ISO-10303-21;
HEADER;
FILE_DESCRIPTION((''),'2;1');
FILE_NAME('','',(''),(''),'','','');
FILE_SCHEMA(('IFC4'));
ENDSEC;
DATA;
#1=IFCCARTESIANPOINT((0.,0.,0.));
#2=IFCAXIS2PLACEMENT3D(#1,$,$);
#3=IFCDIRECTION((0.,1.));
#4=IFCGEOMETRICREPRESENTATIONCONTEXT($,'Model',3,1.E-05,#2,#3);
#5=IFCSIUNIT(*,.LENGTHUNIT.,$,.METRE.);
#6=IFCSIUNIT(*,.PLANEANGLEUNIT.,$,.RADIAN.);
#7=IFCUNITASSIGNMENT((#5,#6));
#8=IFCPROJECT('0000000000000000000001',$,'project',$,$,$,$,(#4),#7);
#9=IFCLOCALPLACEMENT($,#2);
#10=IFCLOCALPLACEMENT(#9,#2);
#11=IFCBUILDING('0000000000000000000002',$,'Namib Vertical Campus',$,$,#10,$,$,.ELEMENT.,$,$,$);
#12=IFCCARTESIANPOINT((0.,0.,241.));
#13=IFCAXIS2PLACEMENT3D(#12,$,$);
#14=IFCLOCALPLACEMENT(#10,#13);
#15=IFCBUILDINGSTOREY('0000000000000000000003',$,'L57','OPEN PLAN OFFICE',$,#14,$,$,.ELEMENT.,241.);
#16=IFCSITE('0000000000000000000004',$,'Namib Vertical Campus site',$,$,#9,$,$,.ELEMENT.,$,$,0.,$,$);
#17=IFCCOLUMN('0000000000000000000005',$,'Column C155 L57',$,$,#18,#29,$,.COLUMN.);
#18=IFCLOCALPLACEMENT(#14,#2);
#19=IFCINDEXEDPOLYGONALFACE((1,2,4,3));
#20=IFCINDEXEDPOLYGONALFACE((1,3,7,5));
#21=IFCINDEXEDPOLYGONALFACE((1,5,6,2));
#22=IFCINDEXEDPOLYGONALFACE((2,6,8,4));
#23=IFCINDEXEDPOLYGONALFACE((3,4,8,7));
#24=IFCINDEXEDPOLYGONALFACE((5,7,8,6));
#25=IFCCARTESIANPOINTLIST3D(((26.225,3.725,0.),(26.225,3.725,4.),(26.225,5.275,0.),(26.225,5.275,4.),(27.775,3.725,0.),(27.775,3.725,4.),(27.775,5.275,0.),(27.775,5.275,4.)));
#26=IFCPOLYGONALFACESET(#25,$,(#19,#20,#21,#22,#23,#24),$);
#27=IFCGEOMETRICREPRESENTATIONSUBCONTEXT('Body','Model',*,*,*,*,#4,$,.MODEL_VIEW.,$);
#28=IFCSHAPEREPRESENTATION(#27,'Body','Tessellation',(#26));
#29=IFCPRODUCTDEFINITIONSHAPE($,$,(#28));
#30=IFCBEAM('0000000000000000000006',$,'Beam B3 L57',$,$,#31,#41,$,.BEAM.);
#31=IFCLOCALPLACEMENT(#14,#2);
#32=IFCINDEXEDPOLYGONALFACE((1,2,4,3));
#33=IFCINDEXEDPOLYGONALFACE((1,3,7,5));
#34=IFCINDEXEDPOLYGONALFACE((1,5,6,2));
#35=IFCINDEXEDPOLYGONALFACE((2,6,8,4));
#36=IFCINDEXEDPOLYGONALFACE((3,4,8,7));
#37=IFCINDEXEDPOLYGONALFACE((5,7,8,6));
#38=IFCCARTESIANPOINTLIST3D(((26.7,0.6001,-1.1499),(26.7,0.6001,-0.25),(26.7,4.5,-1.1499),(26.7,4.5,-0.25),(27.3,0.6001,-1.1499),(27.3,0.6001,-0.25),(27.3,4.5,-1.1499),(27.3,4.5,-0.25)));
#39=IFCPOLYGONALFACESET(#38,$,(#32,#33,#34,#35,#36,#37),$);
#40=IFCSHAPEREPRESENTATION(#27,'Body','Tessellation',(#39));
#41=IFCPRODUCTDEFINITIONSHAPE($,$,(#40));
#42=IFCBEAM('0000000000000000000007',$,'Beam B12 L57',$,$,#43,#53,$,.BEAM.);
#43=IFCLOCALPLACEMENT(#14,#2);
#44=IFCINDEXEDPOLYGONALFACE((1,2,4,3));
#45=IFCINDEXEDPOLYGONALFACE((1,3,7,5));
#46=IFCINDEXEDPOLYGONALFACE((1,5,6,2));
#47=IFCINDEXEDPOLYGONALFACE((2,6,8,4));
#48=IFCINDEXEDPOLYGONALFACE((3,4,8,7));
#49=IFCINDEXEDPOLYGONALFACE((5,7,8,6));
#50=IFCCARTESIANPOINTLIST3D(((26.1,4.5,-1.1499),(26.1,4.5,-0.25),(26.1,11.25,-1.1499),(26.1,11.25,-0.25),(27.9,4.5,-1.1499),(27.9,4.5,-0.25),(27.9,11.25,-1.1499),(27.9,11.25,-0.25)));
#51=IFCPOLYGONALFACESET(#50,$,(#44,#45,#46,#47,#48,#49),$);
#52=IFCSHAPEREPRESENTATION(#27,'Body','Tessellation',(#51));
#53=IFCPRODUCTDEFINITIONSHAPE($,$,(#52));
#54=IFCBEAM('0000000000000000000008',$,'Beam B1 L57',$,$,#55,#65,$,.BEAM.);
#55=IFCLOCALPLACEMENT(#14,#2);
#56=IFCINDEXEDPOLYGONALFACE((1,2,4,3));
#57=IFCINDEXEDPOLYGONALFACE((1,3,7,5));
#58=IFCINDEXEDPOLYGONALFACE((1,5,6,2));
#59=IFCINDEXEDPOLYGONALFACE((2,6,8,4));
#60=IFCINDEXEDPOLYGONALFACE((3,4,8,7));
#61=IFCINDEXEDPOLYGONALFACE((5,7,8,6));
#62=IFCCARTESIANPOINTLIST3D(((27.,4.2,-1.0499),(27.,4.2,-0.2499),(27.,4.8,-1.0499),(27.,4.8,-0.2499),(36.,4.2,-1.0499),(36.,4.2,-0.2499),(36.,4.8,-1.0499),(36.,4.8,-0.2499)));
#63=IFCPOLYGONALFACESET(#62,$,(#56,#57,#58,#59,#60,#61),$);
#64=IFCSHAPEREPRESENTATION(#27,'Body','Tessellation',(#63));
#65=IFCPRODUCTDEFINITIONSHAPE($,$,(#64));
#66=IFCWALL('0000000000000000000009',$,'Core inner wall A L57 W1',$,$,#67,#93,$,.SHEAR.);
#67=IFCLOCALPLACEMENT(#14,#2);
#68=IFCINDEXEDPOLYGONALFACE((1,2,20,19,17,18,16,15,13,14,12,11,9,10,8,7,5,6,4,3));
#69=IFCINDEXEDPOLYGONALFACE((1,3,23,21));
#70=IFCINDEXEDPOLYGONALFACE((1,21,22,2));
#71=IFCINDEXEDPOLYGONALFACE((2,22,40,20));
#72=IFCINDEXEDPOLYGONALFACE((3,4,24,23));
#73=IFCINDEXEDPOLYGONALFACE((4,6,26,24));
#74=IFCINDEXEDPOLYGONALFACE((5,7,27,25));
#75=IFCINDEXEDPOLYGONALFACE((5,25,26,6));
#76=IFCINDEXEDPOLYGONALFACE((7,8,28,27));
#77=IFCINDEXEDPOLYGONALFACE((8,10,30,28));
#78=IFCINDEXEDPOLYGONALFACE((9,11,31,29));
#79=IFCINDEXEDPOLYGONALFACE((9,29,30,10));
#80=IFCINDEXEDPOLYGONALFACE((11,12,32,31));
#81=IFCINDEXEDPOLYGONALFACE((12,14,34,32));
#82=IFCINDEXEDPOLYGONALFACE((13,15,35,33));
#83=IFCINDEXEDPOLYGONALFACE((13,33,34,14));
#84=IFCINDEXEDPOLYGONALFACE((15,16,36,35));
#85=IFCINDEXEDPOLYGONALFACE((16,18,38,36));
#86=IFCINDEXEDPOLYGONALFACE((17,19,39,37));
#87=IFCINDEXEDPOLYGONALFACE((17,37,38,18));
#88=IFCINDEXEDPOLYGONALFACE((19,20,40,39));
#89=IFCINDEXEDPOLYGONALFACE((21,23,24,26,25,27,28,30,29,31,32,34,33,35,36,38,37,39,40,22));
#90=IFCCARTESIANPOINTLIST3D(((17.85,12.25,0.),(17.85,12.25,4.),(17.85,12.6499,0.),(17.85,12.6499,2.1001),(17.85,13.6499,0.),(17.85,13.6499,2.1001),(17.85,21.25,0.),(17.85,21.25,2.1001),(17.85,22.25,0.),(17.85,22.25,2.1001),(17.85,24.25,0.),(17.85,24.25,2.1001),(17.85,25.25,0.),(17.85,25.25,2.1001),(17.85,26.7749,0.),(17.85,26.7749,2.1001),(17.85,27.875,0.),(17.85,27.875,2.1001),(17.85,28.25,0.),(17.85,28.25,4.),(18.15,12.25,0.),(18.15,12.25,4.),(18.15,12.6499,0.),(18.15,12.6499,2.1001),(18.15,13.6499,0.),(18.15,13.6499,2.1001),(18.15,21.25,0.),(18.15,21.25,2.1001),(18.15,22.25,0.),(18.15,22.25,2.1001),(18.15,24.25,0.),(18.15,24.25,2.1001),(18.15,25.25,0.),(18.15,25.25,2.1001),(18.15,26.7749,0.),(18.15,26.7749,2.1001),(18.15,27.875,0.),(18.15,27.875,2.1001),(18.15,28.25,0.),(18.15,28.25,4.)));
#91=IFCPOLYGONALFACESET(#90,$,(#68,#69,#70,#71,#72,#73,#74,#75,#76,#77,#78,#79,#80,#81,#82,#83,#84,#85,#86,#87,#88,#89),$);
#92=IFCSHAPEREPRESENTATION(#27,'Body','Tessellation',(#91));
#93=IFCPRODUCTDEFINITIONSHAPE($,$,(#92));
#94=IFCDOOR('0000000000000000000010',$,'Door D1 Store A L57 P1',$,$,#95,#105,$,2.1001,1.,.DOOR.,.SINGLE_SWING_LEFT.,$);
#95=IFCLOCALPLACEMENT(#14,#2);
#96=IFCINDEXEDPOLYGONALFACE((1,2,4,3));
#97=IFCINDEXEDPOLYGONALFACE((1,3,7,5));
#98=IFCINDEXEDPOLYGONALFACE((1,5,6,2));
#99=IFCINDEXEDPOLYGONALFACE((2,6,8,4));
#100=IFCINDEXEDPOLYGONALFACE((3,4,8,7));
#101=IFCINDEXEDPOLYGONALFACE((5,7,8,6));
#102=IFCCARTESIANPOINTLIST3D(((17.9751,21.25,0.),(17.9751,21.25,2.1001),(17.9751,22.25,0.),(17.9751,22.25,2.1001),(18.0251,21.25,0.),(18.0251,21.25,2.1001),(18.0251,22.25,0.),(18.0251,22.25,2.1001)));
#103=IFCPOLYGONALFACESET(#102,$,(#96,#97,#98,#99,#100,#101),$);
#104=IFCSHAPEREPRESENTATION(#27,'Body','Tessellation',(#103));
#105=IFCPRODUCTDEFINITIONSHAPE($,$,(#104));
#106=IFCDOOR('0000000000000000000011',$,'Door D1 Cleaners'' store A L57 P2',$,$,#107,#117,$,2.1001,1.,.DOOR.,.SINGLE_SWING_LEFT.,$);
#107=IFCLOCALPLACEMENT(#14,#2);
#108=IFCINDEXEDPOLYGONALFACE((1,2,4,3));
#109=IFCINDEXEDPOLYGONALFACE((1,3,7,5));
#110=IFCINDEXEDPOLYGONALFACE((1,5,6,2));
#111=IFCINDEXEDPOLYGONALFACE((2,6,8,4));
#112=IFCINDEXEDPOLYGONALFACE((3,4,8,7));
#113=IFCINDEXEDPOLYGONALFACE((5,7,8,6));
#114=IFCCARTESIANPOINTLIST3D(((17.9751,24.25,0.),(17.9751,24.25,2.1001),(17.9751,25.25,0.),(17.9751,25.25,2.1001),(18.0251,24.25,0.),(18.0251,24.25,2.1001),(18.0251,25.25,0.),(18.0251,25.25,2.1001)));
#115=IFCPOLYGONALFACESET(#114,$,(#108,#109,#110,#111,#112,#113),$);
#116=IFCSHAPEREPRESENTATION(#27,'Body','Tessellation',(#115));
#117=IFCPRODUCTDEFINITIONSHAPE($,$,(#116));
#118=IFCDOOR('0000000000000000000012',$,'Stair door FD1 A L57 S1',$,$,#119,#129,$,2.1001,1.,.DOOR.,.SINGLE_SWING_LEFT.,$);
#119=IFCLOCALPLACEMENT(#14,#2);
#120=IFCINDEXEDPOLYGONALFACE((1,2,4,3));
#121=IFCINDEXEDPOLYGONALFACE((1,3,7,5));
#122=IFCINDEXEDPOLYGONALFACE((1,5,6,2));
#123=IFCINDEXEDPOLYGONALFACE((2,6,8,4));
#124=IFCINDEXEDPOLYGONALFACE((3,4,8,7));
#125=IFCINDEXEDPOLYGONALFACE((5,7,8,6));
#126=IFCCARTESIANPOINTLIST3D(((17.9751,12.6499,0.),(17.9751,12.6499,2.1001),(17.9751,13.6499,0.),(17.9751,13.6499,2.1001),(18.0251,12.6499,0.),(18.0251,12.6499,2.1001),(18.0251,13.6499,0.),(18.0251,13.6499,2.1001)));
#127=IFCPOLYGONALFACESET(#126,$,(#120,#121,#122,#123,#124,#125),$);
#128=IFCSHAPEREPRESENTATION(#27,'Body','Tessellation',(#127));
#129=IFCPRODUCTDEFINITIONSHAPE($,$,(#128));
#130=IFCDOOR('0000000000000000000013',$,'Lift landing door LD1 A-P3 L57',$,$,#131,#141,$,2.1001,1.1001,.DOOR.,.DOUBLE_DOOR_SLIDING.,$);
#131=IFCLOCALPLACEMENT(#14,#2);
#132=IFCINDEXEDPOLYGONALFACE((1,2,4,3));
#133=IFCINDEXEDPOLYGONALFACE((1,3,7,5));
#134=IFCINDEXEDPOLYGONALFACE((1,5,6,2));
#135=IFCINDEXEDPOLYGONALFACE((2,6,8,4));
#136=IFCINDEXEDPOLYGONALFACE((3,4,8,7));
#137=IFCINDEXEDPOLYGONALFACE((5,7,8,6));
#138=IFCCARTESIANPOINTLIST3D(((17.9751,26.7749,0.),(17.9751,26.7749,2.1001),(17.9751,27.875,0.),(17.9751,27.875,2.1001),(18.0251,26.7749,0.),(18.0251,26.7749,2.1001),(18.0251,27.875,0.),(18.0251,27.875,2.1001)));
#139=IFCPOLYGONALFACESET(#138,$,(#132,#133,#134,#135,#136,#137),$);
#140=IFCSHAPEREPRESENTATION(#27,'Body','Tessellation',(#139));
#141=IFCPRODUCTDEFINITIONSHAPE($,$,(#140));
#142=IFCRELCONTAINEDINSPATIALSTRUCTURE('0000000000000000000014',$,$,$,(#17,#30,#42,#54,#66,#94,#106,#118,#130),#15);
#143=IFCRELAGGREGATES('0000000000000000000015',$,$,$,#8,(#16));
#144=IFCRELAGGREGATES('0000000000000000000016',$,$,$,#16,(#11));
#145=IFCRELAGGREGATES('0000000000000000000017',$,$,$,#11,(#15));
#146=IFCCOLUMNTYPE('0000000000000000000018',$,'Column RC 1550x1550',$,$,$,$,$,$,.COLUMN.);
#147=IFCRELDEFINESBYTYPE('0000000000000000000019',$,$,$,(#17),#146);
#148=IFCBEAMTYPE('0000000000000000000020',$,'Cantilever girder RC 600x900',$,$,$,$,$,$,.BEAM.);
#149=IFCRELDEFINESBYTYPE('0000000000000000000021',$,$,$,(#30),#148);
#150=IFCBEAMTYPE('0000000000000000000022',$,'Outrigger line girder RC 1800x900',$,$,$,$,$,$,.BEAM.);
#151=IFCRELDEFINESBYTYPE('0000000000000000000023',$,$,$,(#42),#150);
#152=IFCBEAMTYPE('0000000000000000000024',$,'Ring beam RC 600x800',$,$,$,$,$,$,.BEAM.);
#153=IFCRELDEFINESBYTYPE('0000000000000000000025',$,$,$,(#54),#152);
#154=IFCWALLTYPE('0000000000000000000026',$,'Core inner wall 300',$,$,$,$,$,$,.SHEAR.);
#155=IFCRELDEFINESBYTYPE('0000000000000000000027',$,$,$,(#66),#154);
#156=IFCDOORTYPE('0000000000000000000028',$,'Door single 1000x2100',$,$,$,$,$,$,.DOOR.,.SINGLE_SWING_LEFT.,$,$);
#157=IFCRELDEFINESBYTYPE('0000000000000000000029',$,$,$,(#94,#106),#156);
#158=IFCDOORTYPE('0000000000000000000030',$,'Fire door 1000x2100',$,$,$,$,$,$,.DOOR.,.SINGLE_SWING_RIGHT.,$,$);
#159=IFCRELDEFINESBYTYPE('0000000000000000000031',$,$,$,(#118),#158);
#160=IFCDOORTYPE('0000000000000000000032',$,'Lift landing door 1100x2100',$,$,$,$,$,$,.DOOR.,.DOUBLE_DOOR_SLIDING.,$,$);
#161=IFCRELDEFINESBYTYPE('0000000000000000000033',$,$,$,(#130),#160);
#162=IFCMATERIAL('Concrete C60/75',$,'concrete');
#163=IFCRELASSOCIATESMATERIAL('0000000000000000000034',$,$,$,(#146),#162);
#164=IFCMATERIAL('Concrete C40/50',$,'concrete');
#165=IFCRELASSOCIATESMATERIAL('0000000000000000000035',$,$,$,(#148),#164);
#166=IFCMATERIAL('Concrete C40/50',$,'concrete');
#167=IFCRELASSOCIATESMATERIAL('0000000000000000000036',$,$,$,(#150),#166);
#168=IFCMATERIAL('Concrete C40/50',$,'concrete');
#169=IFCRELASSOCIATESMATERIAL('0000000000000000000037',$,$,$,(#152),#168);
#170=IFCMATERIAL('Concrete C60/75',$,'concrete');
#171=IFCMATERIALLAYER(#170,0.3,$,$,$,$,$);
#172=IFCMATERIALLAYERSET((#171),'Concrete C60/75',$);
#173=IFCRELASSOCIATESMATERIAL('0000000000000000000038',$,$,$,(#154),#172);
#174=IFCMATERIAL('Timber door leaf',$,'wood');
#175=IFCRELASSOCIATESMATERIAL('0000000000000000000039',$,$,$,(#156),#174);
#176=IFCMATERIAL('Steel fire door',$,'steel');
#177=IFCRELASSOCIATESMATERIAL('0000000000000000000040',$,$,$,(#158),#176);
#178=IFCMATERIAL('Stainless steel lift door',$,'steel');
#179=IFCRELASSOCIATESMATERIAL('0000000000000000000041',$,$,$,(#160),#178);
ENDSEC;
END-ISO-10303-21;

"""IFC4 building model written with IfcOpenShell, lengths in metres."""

from ifc_helpers import new_model, si_unit, direction, frame, frame_2d, origin, origin_2d, place, context, subcontext, project, spatial, rectangle, extrude, material, layer, layer_set, material_profile, profile_set, type_object, element, fill, save


model = new_model("IFC4")

# Units and contexts
model_context = context("Model", 3, precision=1e-05, world=origin(), true_north=direction((0.0, 1.0)))
body_context = subcontext(model_context, "Body", "Model", "MODEL_VIEW")
ifc_project = project(units=[si_unit("LENGTHUNIT", "METRE"), si_unit("PLANEANGLEUNIT", "RADIAN")], contexts=[model_context])

# Site, building, storey
site_placement = place(None, origin())
site = spatial("IfcSite", under=ifc_project, at=site_placement, Name="Namib Vertical Campus site", CompositionType="ELEMENT", RefElevation=0.0)
building_placement = place(site_placement, origin())
building = spatial("IfcBuilding", under=site, at=building_placement, Name="Namib Vertical Campus", CompositionType="ELEMENT")
storey_placement = place(building_placement, frame((0.0, 0.0, 241.0)))
storey = spatial("IfcBuildingStorey", under=building, at=storey_placement, Name="L57", Description="OPEN PLAN OFFICE", CompositionType="ELEMENT", Elevation=241.0)

# Column
ifc_material_1 = material(Name="Concrete C60/75", Category="concrete")
ifc_material_profile_1 = material_profile(ifc_material_1, rectangle(XDim=1.55, YDim=1.55, at=origin_2d()))
ifc_profile_set_1 = profile_set([ifc_material_profile_1], Name="Concrete C60/75")
column_type = type_object("IfcColumnType", Name="Column RC 1550x1550", PredefinedType="COLUMN", material=ifc_profile_set_1)
column_placement = place(storey_placement, frame((27.0, 4.5, 0.0), z_axis=(0.0, 0.0, 1.0), x_axis=(1.0, 0.0, 0.0)))
element("IfcColumn", 1, at=column_placement, inside=storey, type_object=column_type, Name="Column C155 L57", PredefinedType="COLUMN", context=body_context, shape_type="SweptSolid", body=[
    extrude(rectangle(XDim=1.55, YDim=1.55, at=origin_2d()), origin(), (0.0, 0.0, 1.0), 4.0),
])

# Beams
ifc_material_2 = material(Name="Concrete C40/50", Category="concrete")
ifc_material_profile_2 = material_profile(ifc_material_2, rectangle(XDim=0.6001, YDim=0.8999, at=origin_2d()))
ifc_profile_set_2 = profile_set([ifc_material_profile_2], Name="Concrete C40/50")
beam_type_1 = type_object("IfcBeamType", Name="Cantilever girder RC 600x900", PredefinedType="BEAM", material=ifc_profile_set_2)
beam_1_placement = place(storey_placement, frame((27.0, 4.5, -0.7), z_axis=(0.0, -1.0, 0.0), x_axis=(1.0, 0.0, 0.0)))
element("IfcBeam", 2, at=beam_1_placement, inside=storey, type_object=beam_type_1, Name="Beam B3 L57", PredefinedType="BEAM", context=body_context, shape_type="SweptSolid", body=[
    extrude(rectangle(XDim=0.6001, YDim=0.8999, at=origin_2d()), origin(), (0.0, 0.0, 1.0), 3.8999),
])
ifc_material_3 = material(Name="Concrete C40/50", Category="concrete")
ifc_material_profile_3 = material_profile(ifc_material_3, rectangle(XDim=1.8, YDim=0.8999, at=origin_2d()))
ifc_profile_set_3 = profile_set([ifc_material_profile_3], Name="Concrete C40/50")
beam_type_2 = type_object("IfcBeamType", Name="Outrigger line girder RC 1800x900", PredefinedType="BEAM", material=ifc_profile_set_3)
beam_2_placement = place(storey_placement, frame((27.0, 4.5, -0.7), z_axis=(0.0, 1.0, 0.0), x_axis=(-1.0, 0.0, 0.0)))
element("IfcBeam", 3, at=beam_2_placement, inside=storey, type_object=beam_type_2, Name="Beam B12 L57", PredefinedType="BEAM", context=body_context, shape_type="SweptSolid", body=[
    extrude(rectangle(XDim=1.8, YDim=0.8999, at=origin_2d()), origin(), (0.0, 0.0, 1.0), 6.75),
])
ifc_material_4 = material(Name="Concrete C40/50", Category="concrete")
ifc_material_profile_4 = material_profile(ifc_material_4, rectangle(XDim=0.6001, YDim=0.8, at=origin_2d()))
ifc_profile_set_4 = profile_set([ifc_material_profile_4], Name="Concrete C40/50")
beam_type_3 = type_object("IfcBeamType", Name="Ring beam RC 600x800", PredefinedType="BEAM", material=ifc_profile_set_4)
beam_3_placement = place(storey_placement, frame((27.0, 4.5, -0.6499), z_axis=(1.0, 0.0, 0.0), x_axis=(0.0, 1.0, 0.0)))
element("IfcBeam", 4, at=beam_3_placement, inside=storey, type_object=beam_type_3, Name="Beam B1 L57", PredefinedType="BEAM", context=body_context, shape_type="SweptSolid", body=[
    extrude(rectangle(XDim=0.6001, YDim=0.8, at=origin_2d()), origin(), (0.0, 0.0, 1.0), 9.0),
])

# Wall, openings, doors
ifc_material_5 = material(Name="Concrete C60/75", Category="concrete")
ifc_layer_1 = layer(ifc_material_5, 0.3)
ifc_layer_set_1 = layer_set([ifc_layer_1], Name="Concrete C60/75")
wall_type_1 = type_object("IfcWallType", Name="Core inner wall 300", PredefinedType="SHEAR", material=ifc_layer_set_1)
wall_1_placement = place(storey_placement, frame((18.0, 12.25, 0.0), z_axis=(0.0, 0.0, 1.0), x_axis=(0.0, 1.0, 0.0)))
wall_1 = element("IfcWall", 5, at=wall_1_placement, inside=storey, type_object=wall_type_1, Name="Core inner wall A L57 W1", PredefinedType="SHEAR", context=body_context, shape_type="SweptSolid", body=[
    extrude(rectangle(XDim=16.0, YDim=0.3, at=frame_2d((8.0, 0.0))), origin(), (0.0, 0.0, 1.0), 4.0),
])
opening_1_placement = place(wall_1_placement, frame((0.3999, 0.0, 0.0)))
opening_1 = element("IfcOpeningElement", 6, at=opening_1_placement, cuts=wall_1, PredefinedType="OPENING", context=body_context, shape_type="SweptSolid", body=[
    extrude(rectangle(XDim=1.0, YDim=2.1001, at=frame_2d((0.5, 1.05))), frame((0.0, 0.1599, 0.0), z_axis=(0.0, -1.0, 0.0), x_axis=(1.0, 0.0, 0.0)), (0.0, 0.0, 1.0), 0.3201),
])
opening_2_placement = place(wall_1_placement, frame((14.5249, 0.0, 0.0)))
opening_2 = element("IfcOpeningElement", 7, at=opening_2_placement, cuts=wall_1, PredefinedType="OPENING", context=body_context, shape_type="SweptSolid", body=[
    extrude(rectangle(XDim=1.1001, YDim=2.1001, at=frame_2d((0.55, 1.05))), frame((0.0, 0.1599, 0.0), z_axis=(0.0, -1.0, 0.0), x_axis=(1.0, 0.0, 0.0)), (0.0, 0.0, 1.0), 0.3201),
])
opening_3_placement = place(wall_1_placement, frame((9.0, 0.0, 0.0)))
opening_3 = element("IfcOpeningElement", 8, at=opening_3_placement, cuts=wall_1, PredefinedType="OPENING", context=body_context, shape_type="SweptSolid", body=[
    extrude(rectangle(XDim=1.0, YDim=2.1001, at=frame_2d((0.5, 1.05))), frame((0.0, 0.1599, 0.0), z_axis=(0.0, -1.0, 0.0), x_axis=(1.0, 0.0, 0.0)), (0.0, 0.0, 1.0), 0.3201),
])
opening_4_placement = place(wall_1_placement, frame((12.0, 0.0, 0.0)))
opening_4 = element("IfcOpeningElement", 9, at=opening_4_placement, cuts=wall_1, PredefinedType="OPENING", context=body_context, shape_type="SweptSolid", body=[
    extrude(rectangle(XDim=1.0, YDim=2.1001, at=frame_2d((0.5, 1.05))), frame((0.0, 0.1599, 0.0), z_axis=(0.0, -1.0, 0.0), x_axis=(1.0, 0.0, 0.0)), (0.0, 0.0, 1.0), 0.3201),
])
ifc_material_6 = material(Name="Timber door leaf", Category="wood")
door_type_1 = type_object("IfcDoorType", Name="Door single 1000x2100", OperationType="SINGLE_SWING_LEFT", PredefinedType="DOOR", material=ifc_material_6)
door_1_placement = place(opening_3_placement, origin())
door_1 = element("IfcDoor", 10, at=door_1_placement, inside=storey, type_object=door_type_1, Name="Door D1 Store A L57 P1", OperationType="SINGLE_SWING_LEFT", OverallHeight=2.1001, OverallWidth=1.0, PredefinedType="DOOR", context=body_context, shape_type="SweptSolid", body=[
    extrude(rectangle(XDim=1.0, YDim=2.1001, at=frame_2d((0.5, 1.05))), frame((0.0, 0.0249, 0.0), z_axis=(0.0, -1.0, 0.0), x_axis=(1.0, 0.0, 0.0)), (0.0, 0.0, 1.0), 0.05),
])
fill(opening_3, door_1)
door_2_placement = place(opening_4_placement, origin())
door_2 = element("IfcDoor", 11, at=door_2_placement, inside=storey, type_object=door_type_1, Name="Door D1 Cleaners' store A L57 P2", OperationType="SINGLE_SWING_LEFT", OverallHeight=2.1001, OverallWidth=1.0, PredefinedType="DOOR", context=body_context, shape_type="SweptSolid", body=[
    extrude(rectangle(XDim=1.0, YDim=2.1001, at=frame_2d((0.5, 1.05))), frame((0.0, 0.0249, 0.0), z_axis=(0.0, -1.0, 0.0), x_axis=(1.0, 0.0, 0.0)), (0.0, 0.0, 1.0), 0.05),
])
fill(opening_4, door_2)
ifc_material_7 = material(Name="Steel fire door", Category="steel")
door_type_2 = type_object("IfcDoorType", Name="Fire door 1000x2100", OperationType="SINGLE_SWING_RIGHT", PredefinedType="DOOR", material=ifc_material_7)
door_3_placement = place(opening_1_placement, origin())
door_3 = element("IfcDoor", 12, at=door_3_placement, inside=storey, type_object=door_type_2, Name="Stair door FD1 A L57 S1", OperationType="SINGLE_SWING_LEFT", OverallHeight=2.1001, OverallWidth=1.0, PredefinedType="DOOR", context=body_context, shape_type="SweptSolid", body=[
    extrude(rectangle(XDim=1.0, YDim=2.1001, at=frame_2d((0.5, 1.05))), frame((0.0, 0.0249, 0.0), z_axis=(0.0, -1.0, 0.0), x_axis=(1.0, 0.0, 0.0)), (0.0, 0.0, 1.0), 0.05),
])
fill(opening_1, door_3)
ifc_material_8 = material(Name="Stainless steel lift door", Category="steel")
door_type_3 = type_object("IfcDoorType", Name="Lift landing door 1100x2100", OperationType="DOUBLE_DOOR_SLIDING", PredefinedType="DOOR", material=ifc_material_8)
door_4_placement = place(opening_2_placement, origin())
door_4 = element("IfcDoor", 13, at=door_4_placement, inside=storey, type_object=door_type_3, Name="Lift landing door LD1 A-P3 L57", OperationType="DOUBLE_DOOR_SLIDING", OverallHeight=2.1001, OverallWidth=1.1001, PredefinedType="DOOR", context=body_context, shape_type="SweptSolid", body=[
    extrude(rectangle(XDim=1.1001, YDim=2.1001, at=frame_2d((0.55, 1.05))), frame((0.0, 0.0249, 0.0), z_axis=(0.0, -1.0, 0.0), x_axis=(1.0, 0.0, 0.0)), (0.0, 0.0, 1.0), 0.05),
])
fill(opening_2, door_4)

save(model, "model.ifc")
